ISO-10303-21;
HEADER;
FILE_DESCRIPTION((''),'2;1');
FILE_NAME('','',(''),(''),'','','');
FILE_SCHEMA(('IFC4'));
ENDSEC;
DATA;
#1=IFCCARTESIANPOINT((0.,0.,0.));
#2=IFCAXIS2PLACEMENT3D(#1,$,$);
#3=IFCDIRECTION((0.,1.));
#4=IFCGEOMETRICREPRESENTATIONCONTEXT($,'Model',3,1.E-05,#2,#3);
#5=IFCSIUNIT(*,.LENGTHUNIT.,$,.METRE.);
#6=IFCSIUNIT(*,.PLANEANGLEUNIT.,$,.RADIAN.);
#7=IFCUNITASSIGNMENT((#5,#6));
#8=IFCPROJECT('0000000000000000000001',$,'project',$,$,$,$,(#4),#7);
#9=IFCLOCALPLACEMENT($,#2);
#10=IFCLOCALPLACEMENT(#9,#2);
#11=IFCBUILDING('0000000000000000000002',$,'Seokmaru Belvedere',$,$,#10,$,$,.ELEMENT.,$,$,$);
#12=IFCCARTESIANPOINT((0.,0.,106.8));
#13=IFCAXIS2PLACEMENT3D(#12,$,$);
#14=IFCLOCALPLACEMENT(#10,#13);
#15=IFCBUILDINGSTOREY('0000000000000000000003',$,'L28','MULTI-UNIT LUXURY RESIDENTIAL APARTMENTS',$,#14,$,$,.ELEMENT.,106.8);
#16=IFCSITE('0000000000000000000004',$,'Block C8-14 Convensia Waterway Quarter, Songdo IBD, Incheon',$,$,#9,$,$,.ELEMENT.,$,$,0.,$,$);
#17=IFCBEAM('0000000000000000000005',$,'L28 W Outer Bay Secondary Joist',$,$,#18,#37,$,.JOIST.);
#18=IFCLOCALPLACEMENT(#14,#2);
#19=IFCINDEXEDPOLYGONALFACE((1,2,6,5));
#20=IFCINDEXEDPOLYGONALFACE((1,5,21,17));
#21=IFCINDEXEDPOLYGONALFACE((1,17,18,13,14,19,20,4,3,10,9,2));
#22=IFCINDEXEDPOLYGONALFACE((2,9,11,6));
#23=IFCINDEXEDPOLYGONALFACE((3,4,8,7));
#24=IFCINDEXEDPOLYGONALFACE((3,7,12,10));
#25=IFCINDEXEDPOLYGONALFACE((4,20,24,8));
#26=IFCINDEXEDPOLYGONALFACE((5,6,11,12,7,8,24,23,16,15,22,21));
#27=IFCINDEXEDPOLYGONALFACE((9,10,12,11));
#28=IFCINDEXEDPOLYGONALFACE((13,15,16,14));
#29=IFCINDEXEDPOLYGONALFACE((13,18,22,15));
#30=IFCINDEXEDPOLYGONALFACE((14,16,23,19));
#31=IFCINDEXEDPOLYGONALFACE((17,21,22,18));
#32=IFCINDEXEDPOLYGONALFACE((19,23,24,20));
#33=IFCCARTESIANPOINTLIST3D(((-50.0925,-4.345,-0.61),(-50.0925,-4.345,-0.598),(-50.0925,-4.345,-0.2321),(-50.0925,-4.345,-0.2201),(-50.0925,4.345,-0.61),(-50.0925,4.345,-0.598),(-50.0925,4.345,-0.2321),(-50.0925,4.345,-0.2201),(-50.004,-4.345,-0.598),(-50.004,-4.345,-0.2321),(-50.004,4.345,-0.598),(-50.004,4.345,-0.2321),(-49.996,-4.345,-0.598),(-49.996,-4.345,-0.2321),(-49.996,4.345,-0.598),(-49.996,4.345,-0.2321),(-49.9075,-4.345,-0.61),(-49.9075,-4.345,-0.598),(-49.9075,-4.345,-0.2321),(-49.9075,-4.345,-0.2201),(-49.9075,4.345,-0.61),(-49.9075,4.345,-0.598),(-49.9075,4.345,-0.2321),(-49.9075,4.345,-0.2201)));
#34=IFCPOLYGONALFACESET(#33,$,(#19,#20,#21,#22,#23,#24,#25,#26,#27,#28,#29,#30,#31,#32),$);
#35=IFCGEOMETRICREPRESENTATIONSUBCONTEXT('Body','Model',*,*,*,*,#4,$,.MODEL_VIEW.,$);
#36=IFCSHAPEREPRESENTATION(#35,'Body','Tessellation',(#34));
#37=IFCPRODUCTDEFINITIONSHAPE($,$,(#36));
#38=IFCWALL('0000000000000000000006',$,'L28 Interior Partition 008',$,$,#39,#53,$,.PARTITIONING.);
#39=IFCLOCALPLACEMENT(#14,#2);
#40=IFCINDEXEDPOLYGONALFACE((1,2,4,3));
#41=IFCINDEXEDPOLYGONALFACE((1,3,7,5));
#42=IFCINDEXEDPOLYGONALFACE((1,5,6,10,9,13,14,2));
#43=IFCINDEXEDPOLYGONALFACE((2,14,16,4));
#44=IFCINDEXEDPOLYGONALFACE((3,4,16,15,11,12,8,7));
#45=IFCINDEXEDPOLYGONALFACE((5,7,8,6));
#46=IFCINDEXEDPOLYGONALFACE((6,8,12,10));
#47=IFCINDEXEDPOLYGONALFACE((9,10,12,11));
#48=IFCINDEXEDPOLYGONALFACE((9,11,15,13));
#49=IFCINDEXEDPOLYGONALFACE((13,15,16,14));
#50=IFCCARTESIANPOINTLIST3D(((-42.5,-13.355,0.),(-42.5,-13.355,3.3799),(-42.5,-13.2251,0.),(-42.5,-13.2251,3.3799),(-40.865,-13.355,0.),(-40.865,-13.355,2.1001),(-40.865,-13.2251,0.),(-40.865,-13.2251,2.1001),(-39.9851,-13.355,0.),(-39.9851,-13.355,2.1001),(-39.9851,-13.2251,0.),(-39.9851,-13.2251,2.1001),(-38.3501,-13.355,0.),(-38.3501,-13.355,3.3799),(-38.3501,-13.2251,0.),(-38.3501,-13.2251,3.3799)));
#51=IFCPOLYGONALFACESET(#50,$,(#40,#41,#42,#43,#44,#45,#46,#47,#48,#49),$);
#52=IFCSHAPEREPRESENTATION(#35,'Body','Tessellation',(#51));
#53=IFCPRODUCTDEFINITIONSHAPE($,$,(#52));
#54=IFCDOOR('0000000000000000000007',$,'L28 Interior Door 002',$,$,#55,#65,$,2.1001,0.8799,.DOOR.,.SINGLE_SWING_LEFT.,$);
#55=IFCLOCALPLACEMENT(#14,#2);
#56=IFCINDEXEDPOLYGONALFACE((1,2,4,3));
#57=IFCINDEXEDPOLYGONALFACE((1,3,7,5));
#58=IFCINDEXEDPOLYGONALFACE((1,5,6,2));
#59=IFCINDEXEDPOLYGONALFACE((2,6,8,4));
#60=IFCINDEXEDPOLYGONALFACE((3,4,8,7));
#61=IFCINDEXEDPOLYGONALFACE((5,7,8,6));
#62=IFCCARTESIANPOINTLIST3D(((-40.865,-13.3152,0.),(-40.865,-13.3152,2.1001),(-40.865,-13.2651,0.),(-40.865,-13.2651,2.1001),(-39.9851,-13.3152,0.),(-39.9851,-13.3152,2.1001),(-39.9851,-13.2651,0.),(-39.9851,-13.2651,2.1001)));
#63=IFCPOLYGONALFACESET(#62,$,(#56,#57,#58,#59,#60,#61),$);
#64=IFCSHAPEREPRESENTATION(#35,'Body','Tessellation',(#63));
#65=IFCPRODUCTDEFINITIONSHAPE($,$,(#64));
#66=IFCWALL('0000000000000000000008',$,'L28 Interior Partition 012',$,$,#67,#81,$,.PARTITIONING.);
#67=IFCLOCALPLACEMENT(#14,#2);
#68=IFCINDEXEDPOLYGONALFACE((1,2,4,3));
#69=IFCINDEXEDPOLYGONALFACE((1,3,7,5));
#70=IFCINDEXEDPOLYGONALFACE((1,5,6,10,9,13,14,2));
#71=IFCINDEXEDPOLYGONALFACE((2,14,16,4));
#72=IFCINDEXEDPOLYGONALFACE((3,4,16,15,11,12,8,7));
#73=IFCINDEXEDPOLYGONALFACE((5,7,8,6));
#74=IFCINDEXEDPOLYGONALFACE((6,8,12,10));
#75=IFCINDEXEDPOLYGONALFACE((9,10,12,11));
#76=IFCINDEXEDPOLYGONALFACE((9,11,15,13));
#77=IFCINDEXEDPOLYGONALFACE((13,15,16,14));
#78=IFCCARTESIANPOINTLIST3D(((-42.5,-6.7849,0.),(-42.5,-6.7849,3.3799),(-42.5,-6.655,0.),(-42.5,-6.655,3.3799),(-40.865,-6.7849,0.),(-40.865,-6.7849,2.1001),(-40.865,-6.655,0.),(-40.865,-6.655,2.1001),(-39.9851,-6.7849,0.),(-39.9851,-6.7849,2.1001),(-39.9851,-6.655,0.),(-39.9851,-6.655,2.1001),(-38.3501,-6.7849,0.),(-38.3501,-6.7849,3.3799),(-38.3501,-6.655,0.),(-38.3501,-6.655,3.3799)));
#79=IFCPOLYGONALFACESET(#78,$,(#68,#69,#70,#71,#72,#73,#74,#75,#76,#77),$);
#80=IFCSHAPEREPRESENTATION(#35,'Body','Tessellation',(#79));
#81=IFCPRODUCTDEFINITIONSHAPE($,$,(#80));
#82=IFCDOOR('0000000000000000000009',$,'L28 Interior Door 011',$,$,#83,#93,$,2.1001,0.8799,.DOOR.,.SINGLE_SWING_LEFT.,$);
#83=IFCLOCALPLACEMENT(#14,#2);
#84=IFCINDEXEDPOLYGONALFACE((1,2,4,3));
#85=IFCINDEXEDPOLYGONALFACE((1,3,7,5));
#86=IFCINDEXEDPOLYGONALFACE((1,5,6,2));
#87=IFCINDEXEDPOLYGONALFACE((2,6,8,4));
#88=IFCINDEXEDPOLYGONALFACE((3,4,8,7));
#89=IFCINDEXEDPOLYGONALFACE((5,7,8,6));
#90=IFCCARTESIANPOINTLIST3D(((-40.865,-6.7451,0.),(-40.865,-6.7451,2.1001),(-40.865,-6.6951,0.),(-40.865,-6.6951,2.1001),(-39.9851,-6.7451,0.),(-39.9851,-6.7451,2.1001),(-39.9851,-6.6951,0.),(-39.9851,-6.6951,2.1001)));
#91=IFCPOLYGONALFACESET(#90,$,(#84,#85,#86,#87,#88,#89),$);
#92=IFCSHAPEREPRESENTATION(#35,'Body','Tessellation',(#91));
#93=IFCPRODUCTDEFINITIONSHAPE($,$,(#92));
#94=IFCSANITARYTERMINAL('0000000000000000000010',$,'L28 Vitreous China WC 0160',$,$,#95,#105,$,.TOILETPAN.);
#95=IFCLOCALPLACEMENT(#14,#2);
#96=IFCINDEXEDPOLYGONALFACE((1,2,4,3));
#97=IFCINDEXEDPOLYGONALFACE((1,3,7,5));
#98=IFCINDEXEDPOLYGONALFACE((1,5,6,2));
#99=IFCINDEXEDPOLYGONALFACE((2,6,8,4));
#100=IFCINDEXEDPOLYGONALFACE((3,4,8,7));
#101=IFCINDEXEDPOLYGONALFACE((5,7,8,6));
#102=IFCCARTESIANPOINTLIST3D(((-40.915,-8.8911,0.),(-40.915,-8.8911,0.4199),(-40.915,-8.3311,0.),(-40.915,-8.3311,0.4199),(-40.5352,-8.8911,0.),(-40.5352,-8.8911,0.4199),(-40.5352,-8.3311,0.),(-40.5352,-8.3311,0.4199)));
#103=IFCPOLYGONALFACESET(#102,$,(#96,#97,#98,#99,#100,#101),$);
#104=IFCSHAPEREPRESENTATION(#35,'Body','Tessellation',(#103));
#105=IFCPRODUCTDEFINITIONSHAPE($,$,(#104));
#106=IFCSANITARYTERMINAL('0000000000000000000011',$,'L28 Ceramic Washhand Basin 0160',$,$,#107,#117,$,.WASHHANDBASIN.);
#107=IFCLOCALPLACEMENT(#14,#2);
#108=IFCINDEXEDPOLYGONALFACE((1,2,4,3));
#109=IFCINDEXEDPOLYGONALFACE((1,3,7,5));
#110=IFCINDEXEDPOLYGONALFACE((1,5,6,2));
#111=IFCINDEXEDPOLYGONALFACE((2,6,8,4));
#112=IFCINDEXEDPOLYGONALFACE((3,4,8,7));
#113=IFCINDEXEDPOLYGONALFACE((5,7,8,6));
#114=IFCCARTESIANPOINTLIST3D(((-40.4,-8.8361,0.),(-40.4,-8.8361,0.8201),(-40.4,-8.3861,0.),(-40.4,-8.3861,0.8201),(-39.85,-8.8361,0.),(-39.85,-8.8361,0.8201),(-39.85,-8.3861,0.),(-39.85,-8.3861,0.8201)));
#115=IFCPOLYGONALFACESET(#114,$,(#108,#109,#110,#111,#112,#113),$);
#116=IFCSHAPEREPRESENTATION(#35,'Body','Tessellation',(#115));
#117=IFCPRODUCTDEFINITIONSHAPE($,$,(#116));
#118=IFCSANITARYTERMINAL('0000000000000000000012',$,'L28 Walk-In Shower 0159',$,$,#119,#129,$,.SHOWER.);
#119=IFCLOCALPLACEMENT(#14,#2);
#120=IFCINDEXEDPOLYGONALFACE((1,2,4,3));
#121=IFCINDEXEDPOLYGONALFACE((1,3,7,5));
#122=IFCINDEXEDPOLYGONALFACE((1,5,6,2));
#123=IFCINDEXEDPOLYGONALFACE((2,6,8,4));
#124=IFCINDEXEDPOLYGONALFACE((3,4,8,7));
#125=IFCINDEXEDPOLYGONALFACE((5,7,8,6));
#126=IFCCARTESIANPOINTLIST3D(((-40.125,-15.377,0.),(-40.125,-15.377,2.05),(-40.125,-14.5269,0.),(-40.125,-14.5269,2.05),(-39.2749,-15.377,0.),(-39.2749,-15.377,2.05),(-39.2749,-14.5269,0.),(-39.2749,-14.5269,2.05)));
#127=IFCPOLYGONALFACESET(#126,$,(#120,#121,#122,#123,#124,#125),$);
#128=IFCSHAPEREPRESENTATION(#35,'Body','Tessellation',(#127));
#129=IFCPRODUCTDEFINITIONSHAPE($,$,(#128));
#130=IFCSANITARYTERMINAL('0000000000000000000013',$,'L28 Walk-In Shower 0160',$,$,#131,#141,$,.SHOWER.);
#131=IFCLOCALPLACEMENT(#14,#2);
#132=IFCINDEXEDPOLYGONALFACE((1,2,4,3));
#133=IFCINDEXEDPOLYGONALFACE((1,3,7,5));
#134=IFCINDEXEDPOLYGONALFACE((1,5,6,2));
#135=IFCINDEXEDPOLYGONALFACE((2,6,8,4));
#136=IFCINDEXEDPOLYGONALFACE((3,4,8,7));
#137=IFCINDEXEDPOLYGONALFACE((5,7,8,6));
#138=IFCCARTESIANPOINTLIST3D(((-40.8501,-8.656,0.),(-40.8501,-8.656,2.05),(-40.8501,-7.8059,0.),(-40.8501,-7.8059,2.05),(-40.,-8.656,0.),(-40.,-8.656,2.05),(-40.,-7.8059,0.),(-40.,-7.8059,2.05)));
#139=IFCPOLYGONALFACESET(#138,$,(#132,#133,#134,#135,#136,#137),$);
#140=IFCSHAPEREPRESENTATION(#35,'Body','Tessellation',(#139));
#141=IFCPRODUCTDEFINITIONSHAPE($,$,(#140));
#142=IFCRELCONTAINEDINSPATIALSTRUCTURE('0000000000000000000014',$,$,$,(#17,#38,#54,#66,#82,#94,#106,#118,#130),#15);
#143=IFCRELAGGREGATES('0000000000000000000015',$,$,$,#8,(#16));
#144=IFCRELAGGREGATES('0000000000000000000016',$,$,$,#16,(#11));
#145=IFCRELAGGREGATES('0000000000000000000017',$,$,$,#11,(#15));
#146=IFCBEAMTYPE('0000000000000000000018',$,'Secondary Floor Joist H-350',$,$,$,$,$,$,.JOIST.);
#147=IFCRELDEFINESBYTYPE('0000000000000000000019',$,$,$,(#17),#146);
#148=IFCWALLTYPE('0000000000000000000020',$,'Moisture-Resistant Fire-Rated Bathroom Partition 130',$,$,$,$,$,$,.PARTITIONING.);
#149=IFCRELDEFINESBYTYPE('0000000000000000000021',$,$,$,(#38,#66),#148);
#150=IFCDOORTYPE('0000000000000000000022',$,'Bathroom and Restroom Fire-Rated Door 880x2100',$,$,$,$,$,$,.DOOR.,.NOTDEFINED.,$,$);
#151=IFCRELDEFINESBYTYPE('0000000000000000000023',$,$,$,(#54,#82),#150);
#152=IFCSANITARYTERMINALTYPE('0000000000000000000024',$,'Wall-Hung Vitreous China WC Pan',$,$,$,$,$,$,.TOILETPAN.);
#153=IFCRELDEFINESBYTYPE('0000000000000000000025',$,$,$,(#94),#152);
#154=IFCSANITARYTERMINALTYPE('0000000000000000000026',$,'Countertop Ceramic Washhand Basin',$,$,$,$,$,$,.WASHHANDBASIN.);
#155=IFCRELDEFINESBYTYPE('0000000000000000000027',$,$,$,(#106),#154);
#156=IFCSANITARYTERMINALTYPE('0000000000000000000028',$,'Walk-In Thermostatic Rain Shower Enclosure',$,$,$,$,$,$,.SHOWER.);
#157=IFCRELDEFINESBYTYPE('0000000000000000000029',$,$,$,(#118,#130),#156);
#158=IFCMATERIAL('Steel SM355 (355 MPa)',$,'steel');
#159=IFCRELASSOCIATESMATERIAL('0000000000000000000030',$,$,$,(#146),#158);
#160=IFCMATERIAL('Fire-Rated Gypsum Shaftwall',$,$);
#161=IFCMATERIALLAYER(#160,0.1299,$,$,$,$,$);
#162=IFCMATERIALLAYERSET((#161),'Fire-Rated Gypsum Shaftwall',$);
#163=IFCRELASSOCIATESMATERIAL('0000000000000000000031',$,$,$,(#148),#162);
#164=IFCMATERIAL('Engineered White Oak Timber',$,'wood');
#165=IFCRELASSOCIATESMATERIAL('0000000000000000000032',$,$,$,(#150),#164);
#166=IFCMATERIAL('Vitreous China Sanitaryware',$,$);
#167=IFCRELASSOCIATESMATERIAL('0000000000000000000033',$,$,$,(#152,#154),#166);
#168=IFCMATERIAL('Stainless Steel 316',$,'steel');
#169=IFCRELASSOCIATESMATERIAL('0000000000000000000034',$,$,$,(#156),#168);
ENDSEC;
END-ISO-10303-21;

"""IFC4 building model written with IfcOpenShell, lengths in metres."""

from ifc_helpers import new_model, si_unit, direction, frame, frame_2d, origin, origin_2d, place, context, subcontext, project, spatial, rectangle, i_section, extrude, source, transform, mapped, material, layer, layer_set, material_profile, profile_set, type_object, type_shapes, element, fill, save


model = new_model("IFC4")

# Units and contexts
model_context = context("Model", 3, precision=1e-05, world=origin(), true_north=direction((0.0, 1.0)))
body_context = subcontext(model_context, "Body", "Model", "MODEL_VIEW")
ifc_project = project(units=[si_unit("LENGTHUNIT", "METRE"), si_unit("PLANEANGLEUNIT", "RADIAN")], contexts=[model_context])

# Site, building, storey
site_placement = place(None, origin())
site = spatial("IfcSite", under=ifc_project, at=site_placement, Name="Block C8-14 Convensia Waterway Quarter, Songdo IBD, Incheon", CompositionType="ELEMENT", RefElevation=0.0)
building_placement = place(site_placement, origin())
building = spatial("IfcBuilding", under=site, at=building_placement, Name="Seokmaru Belvedere", CompositionType="ELEMENT")
storey_placement = place(building_placement, frame((0.0, 0.0, 106.8)))
storey = spatial("IfcBuildingStorey", under=building, at=storey_placement, Name="L28", Description="MULTI-UNIT LUXURY RESIDENTIAL APARTMENTS", CompositionType="ELEMENT", Elevation=106.8)

# Shared definitions
ifc_material_1 = material(Name="Steel SM355 (355 MPa)", Category="steel")

# Beam
ifc_material_profile_1 = material_profile(ifc_material_1, i_section(OverallWidth=0.1851, OverallDepth=0.3899, WebThickness=0.0081, FlangeThickness=0.012, at=origin_2d()), Name="H-390x185x8x12")
ifc_profile_set_1 = profile_set([ifc_material_profile_1], Name="Steel SM355 (355 MPa)")
beam_type_1 = type_object("IfcBeamType", Name="Secondary Floor Joist H-350", PredefinedType="JOIST", material=ifc_profile_set_1)
shared_shape_1 = source(origin(), body_context, "Body", "SweptSolid", [
    extrude(i_section(OverallWidth=0.1851, OverallDepth=0.3899, WebThickness=0.0081, FlangeThickness=0.012, at=origin_2d()), origin(), (0.0, 0.0, 1.0), 8.6899),
])
type_shapes(beam_type_1, [shared_shape_1])
for number, where, z_axis, x_axis, name in (
    (1, (-50.0, -4.345, -0.415), (0.0, 1.0, 0.0), (-1.0, 0.0, 0.0), "L28 W Outer Bay Secondary Joist"),
):
    element("IfcBeam", number, at=place(storey_placement, frame(where, z_axis=z_axis, x_axis=x_axis)), inside=storey, type_object=beam_type_1, Name=name, PredefinedType="JOIST", context=body_context, shape_type="MappedRepresentation", body=[
        mapped(shared_shape_1, transform((0.0, 0.0, 0.0), scale=1.0)),
    ])

# Walls, openings, doors
ifc_material_2 = material(Name="Fire-Rated Gypsum Shaftwall")
ifc_layer = layer(ifc_material_2, 0.1299)
ifc_layer_set = layer_set([ifc_layer], Name="Fire-Rated Gypsum Shaftwall")
wall_type = type_object("IfcWallType", Name="Moisture-Resistant Fire-Rated Bathroom Partition 130", PredefinedType="PARTITIONING", material=ifc_layer_set)
wall_1_placement = place(storey_placement, frame((-42.5, -13.29, 0.0), z_axis=(0.0, 0.0, 1.0), x_axis=(1.0, 0.0, 0.0)))
wall_1 = element("IfcWall", 2, at=wall_1_placement, inside=storey, type_object=wall_type, Name="L28 Interior Partition 008", PredefinedType="PARTITIONING", context=body_context, shape_type="SweptSolid", body=[
    extrude(rectangle(XDim=4.1499, YDim=0.1299, at=frame_2d((2.075, 0.0))), origin(), (0.0, 0.0, 1.0), 3.3799),
])
opening_1_placement = place(wall_1_placement, frame((1.635, 0.0, 0.0)))
opening_1 = element("IfcOpeningElement", 3, at=opening_1_placement, cuts=wall_1, PredefinedType="OPENING", context=body_context, shape_type="SweptSolid", body=[
    extrude(rectangle(XDim=0.8799, YDim=2.1001, at=frame_2d((0.4399, 1.05))), frame((0.0, 0.075, 0.0), z_axis=(0.0, -1.0, 0.0), x_axis=(1.0, 0.0, 0.0)), (0.0, 0.0, 1.0), 0.1499),
])
ifc_material_3 = material(Name="Engineered White Oak Timber", Category="wood")
door_type = type_object("IfcDoorType", Name="Bathroom and Restroom Fire-Rated Door 880x2100", OperationType="NOTDEFINED", PredefinedType="DOOR", material=ifc_material_3)
shared_shape_2 = source(origin(), body_context, "Body", "SweptSolid", [
    extrude(rectangle(XDim=0.8799, YDim=2.1001, at=frame_2d((0.4399, 1.05))), frame((0.0, 0.0249, 0.0), z_axis=(0.0, -1.0, 0.0), x_axis=(1.0, 0.0, 0.0)), (0.0, 0.0, 1.0), 0.05),
])
type_shapes(door_type, [shared_shape_2])
door_1_placement = place(opening_1_placement, origin())
door_1 = element("IfcDoor", 4, at=door_1_placement, inside=storey, type_object=door_type, Name="L28 Interior Door 002", OperationType="SINGLE_SWING_LEFT", OverallHeight=2.1001, OverallWidth=0.8799, PredefinedType="DOOR", context=body_context, shape_type="MappedRepresentation", body=[
    mapped(shared_shape_2, transform((0.0, 0.0, 0.0), scale=1.0)),
])
fill(opening_1, door_1)
wall_2_placement = place(storey_placement, frame((-42.5, -6.72, 0.0), z_axis=(0.0, 0.0, 1.0), x_axis=(1.0, 0.0, 0.0)))
wall_2 = element("IfcWall", 5, at=wall_2_placement, inside=storey, type_object=wall_type, Name="L28 Interior Partition 012", PredefinedType="PARTITIONING", context=body_context, shape_type="SweptSolid", body=[
    extrude(rectangle(XDim=4.1499, YDim=0.1299, at=frame_2d((2.075, 0.0))), origin(), (0.0, 0.0, 1.0), 3.3799),
])
opening_2_placement = place(wall_2_placement, frame((1.635, 0.0, 0.0)))
opening_2 = element("IfcOpeningElement", 6, at=opening_2_placement, cuts=wall_2, PredefinedType="OPENING", context=body_context, shape_type="SweptSolid", body=[
    extrude(rectangle(XDim=0.8799, YDim=2.1001, at=frame_2d((0.4399, 1.05))), frame((0.0, 0.075, 0.0), z_axis=(0.0, -1.0, 0.0), x_axis=(1.0, 0.0, 0.0)), (0.0, 0.0, 1.0), 0.1499),
])
door_2_placement = place(opening_2_placement, origin())
door_2 = element("IfcDoor", 7, at=door_2_placement, inside=storey, type_object=door_type, Name="L28 Interior Door 011", OperationType="SINGLE_SWING_LEFT", OverallHeight=2.1001, OverallWidth=0.8799, PredefinedType="DOOR", context=body_context, shape_type="MappedRepresentation", body=[
    mapped(shared_shape_2, transform((0.0, 0.0, 0.0), scale=1.0)),
])
fill(opening_2, door_2)

# Sanitary terminals
ifc_material_4 = material(Name="Vitreous China Sanitaryware")
sanitary_terminal_type_1 = type_object("IfcSanitaryTerminalType", Name="Wall-Hung Vitreous China WC Pan", PredefinedType="TOILETPAN", material=ifc_material_4)
shared_shape_3 = source(origin(), body_context, "Body", "SweptSolid", [
    extrude(rectangle(XDim=0.3799, YDim=0.5601, at=origin_2d()), origin(), (0.0, 0.0, 1.0), 0.4199),
])
type_shapes(sanitary_terminal_type_1, [shared_shape_3])
sanitary_terminal_1_placement = place(storey_placement, frame((-40.7251, -8.6111, 0.0), z_axis=(0.0, 0.0, 1.0), x_axis=(1.0, 0.0, 0.0)))
element("IfcSanitaryTerminal", 8, at=sanitary_terminal_1_placement, inside=storey, type_object=sanitary_terminal_type_1, Name="L28 Vitreous China WC 0160", PredefinedType="TOILETPAN", context=body_context, shape_type="MappedRepresentation", body=[
    mapped(shared_shape_3, transform((0.0, 0.0, 0.0), scale=1.0)),
])
sanitary_terminal_type_2 = type_object("IfcSanitaryTerminalType", Name="Countertop Ceramic Washhand Basin", PredefinedType="WASHHANDBASIN", material=ifc_material_4)
shared_shape_4 = source(origin(), body_context, "Body", "SweptSolid", [
    extrude(rectangle(XDim=0.55, YDim=0.45, at=origin_2d()), origin(), (0.0, 0.0, 1.0), 0.8201),
])
type_shapes(sanitary_terminal_type_2, [shared_shape_4])
sanitary_terminal_2_placement = place(storey_placement, frame((-40.125, -8.6111, 0.0), z_axis=(0.0, 0.0, 1.0), x_axis=(1.0, 0.0, 0.0)))
element("IfcSanitaryTerminal", 9, at=sanitary_terminal_2_placement, inside=storey, type_object=sanitary_terminal_type_2, Name="L28 Ceramic Washhand Basin 0160", PredefinedType="WASHHANDBASIN", context=body_context, shape_type="MappedRepresentation", body=[
    mapped(shared_shape_4, transform((0.0, 0.0, 0.0), scale=1.0)),
])
ifc_material_5 = material(Name="Stainless Steel 316", Category="steel")
sanitary_terminal_type_3 = type_object("IfcSanitaryTerminalType", Name="Walk-In Thermostatic Rain Shower Enclosure", PredefinedType="SHOWER", material=ifc_material_5)
shared_shape_5 = source(origin(), body_context, "Body", "SweptSolid", [
    extrude(rectangle(XDim=0.8501, YDim=0.8501, at=origin_2d()), origin(), (0.0, 0.0, 1.0), 2.05),
])
type_shapes(sanitary_terminal_type_3, [shared_shape_5])
for number, where, z_axis, x_axis, name in (
    (10, (-39.7, -14.9519, 0.0), (0.0, 0.0, 1.0), (1.0, 0.0, 0.0), "L28 Walk-In Shower 0159"),
    (11, (-40.425, -8.231, 0.0), (0.0, 0.0, 1.0), (1.0, 0.0, 0.0), "L28 Walk-In Shower 0160"),
):
    element("IfcSanitaryTerminal", number, at=place(storey_placement, frame(where, z_axis=z_axis, x_axis=x_axis)), inside=storey, type_object=sanitary_terminal_type_3, Name=name, PredefinedType="SHOWER", context=body_context, shape_type="MappedRepresentation", body=[
        mapped(shared_shape_5, transform((0.0, 0.0, 0.0), scale=1.0)),
    ])

save(model, "model.ifc")
